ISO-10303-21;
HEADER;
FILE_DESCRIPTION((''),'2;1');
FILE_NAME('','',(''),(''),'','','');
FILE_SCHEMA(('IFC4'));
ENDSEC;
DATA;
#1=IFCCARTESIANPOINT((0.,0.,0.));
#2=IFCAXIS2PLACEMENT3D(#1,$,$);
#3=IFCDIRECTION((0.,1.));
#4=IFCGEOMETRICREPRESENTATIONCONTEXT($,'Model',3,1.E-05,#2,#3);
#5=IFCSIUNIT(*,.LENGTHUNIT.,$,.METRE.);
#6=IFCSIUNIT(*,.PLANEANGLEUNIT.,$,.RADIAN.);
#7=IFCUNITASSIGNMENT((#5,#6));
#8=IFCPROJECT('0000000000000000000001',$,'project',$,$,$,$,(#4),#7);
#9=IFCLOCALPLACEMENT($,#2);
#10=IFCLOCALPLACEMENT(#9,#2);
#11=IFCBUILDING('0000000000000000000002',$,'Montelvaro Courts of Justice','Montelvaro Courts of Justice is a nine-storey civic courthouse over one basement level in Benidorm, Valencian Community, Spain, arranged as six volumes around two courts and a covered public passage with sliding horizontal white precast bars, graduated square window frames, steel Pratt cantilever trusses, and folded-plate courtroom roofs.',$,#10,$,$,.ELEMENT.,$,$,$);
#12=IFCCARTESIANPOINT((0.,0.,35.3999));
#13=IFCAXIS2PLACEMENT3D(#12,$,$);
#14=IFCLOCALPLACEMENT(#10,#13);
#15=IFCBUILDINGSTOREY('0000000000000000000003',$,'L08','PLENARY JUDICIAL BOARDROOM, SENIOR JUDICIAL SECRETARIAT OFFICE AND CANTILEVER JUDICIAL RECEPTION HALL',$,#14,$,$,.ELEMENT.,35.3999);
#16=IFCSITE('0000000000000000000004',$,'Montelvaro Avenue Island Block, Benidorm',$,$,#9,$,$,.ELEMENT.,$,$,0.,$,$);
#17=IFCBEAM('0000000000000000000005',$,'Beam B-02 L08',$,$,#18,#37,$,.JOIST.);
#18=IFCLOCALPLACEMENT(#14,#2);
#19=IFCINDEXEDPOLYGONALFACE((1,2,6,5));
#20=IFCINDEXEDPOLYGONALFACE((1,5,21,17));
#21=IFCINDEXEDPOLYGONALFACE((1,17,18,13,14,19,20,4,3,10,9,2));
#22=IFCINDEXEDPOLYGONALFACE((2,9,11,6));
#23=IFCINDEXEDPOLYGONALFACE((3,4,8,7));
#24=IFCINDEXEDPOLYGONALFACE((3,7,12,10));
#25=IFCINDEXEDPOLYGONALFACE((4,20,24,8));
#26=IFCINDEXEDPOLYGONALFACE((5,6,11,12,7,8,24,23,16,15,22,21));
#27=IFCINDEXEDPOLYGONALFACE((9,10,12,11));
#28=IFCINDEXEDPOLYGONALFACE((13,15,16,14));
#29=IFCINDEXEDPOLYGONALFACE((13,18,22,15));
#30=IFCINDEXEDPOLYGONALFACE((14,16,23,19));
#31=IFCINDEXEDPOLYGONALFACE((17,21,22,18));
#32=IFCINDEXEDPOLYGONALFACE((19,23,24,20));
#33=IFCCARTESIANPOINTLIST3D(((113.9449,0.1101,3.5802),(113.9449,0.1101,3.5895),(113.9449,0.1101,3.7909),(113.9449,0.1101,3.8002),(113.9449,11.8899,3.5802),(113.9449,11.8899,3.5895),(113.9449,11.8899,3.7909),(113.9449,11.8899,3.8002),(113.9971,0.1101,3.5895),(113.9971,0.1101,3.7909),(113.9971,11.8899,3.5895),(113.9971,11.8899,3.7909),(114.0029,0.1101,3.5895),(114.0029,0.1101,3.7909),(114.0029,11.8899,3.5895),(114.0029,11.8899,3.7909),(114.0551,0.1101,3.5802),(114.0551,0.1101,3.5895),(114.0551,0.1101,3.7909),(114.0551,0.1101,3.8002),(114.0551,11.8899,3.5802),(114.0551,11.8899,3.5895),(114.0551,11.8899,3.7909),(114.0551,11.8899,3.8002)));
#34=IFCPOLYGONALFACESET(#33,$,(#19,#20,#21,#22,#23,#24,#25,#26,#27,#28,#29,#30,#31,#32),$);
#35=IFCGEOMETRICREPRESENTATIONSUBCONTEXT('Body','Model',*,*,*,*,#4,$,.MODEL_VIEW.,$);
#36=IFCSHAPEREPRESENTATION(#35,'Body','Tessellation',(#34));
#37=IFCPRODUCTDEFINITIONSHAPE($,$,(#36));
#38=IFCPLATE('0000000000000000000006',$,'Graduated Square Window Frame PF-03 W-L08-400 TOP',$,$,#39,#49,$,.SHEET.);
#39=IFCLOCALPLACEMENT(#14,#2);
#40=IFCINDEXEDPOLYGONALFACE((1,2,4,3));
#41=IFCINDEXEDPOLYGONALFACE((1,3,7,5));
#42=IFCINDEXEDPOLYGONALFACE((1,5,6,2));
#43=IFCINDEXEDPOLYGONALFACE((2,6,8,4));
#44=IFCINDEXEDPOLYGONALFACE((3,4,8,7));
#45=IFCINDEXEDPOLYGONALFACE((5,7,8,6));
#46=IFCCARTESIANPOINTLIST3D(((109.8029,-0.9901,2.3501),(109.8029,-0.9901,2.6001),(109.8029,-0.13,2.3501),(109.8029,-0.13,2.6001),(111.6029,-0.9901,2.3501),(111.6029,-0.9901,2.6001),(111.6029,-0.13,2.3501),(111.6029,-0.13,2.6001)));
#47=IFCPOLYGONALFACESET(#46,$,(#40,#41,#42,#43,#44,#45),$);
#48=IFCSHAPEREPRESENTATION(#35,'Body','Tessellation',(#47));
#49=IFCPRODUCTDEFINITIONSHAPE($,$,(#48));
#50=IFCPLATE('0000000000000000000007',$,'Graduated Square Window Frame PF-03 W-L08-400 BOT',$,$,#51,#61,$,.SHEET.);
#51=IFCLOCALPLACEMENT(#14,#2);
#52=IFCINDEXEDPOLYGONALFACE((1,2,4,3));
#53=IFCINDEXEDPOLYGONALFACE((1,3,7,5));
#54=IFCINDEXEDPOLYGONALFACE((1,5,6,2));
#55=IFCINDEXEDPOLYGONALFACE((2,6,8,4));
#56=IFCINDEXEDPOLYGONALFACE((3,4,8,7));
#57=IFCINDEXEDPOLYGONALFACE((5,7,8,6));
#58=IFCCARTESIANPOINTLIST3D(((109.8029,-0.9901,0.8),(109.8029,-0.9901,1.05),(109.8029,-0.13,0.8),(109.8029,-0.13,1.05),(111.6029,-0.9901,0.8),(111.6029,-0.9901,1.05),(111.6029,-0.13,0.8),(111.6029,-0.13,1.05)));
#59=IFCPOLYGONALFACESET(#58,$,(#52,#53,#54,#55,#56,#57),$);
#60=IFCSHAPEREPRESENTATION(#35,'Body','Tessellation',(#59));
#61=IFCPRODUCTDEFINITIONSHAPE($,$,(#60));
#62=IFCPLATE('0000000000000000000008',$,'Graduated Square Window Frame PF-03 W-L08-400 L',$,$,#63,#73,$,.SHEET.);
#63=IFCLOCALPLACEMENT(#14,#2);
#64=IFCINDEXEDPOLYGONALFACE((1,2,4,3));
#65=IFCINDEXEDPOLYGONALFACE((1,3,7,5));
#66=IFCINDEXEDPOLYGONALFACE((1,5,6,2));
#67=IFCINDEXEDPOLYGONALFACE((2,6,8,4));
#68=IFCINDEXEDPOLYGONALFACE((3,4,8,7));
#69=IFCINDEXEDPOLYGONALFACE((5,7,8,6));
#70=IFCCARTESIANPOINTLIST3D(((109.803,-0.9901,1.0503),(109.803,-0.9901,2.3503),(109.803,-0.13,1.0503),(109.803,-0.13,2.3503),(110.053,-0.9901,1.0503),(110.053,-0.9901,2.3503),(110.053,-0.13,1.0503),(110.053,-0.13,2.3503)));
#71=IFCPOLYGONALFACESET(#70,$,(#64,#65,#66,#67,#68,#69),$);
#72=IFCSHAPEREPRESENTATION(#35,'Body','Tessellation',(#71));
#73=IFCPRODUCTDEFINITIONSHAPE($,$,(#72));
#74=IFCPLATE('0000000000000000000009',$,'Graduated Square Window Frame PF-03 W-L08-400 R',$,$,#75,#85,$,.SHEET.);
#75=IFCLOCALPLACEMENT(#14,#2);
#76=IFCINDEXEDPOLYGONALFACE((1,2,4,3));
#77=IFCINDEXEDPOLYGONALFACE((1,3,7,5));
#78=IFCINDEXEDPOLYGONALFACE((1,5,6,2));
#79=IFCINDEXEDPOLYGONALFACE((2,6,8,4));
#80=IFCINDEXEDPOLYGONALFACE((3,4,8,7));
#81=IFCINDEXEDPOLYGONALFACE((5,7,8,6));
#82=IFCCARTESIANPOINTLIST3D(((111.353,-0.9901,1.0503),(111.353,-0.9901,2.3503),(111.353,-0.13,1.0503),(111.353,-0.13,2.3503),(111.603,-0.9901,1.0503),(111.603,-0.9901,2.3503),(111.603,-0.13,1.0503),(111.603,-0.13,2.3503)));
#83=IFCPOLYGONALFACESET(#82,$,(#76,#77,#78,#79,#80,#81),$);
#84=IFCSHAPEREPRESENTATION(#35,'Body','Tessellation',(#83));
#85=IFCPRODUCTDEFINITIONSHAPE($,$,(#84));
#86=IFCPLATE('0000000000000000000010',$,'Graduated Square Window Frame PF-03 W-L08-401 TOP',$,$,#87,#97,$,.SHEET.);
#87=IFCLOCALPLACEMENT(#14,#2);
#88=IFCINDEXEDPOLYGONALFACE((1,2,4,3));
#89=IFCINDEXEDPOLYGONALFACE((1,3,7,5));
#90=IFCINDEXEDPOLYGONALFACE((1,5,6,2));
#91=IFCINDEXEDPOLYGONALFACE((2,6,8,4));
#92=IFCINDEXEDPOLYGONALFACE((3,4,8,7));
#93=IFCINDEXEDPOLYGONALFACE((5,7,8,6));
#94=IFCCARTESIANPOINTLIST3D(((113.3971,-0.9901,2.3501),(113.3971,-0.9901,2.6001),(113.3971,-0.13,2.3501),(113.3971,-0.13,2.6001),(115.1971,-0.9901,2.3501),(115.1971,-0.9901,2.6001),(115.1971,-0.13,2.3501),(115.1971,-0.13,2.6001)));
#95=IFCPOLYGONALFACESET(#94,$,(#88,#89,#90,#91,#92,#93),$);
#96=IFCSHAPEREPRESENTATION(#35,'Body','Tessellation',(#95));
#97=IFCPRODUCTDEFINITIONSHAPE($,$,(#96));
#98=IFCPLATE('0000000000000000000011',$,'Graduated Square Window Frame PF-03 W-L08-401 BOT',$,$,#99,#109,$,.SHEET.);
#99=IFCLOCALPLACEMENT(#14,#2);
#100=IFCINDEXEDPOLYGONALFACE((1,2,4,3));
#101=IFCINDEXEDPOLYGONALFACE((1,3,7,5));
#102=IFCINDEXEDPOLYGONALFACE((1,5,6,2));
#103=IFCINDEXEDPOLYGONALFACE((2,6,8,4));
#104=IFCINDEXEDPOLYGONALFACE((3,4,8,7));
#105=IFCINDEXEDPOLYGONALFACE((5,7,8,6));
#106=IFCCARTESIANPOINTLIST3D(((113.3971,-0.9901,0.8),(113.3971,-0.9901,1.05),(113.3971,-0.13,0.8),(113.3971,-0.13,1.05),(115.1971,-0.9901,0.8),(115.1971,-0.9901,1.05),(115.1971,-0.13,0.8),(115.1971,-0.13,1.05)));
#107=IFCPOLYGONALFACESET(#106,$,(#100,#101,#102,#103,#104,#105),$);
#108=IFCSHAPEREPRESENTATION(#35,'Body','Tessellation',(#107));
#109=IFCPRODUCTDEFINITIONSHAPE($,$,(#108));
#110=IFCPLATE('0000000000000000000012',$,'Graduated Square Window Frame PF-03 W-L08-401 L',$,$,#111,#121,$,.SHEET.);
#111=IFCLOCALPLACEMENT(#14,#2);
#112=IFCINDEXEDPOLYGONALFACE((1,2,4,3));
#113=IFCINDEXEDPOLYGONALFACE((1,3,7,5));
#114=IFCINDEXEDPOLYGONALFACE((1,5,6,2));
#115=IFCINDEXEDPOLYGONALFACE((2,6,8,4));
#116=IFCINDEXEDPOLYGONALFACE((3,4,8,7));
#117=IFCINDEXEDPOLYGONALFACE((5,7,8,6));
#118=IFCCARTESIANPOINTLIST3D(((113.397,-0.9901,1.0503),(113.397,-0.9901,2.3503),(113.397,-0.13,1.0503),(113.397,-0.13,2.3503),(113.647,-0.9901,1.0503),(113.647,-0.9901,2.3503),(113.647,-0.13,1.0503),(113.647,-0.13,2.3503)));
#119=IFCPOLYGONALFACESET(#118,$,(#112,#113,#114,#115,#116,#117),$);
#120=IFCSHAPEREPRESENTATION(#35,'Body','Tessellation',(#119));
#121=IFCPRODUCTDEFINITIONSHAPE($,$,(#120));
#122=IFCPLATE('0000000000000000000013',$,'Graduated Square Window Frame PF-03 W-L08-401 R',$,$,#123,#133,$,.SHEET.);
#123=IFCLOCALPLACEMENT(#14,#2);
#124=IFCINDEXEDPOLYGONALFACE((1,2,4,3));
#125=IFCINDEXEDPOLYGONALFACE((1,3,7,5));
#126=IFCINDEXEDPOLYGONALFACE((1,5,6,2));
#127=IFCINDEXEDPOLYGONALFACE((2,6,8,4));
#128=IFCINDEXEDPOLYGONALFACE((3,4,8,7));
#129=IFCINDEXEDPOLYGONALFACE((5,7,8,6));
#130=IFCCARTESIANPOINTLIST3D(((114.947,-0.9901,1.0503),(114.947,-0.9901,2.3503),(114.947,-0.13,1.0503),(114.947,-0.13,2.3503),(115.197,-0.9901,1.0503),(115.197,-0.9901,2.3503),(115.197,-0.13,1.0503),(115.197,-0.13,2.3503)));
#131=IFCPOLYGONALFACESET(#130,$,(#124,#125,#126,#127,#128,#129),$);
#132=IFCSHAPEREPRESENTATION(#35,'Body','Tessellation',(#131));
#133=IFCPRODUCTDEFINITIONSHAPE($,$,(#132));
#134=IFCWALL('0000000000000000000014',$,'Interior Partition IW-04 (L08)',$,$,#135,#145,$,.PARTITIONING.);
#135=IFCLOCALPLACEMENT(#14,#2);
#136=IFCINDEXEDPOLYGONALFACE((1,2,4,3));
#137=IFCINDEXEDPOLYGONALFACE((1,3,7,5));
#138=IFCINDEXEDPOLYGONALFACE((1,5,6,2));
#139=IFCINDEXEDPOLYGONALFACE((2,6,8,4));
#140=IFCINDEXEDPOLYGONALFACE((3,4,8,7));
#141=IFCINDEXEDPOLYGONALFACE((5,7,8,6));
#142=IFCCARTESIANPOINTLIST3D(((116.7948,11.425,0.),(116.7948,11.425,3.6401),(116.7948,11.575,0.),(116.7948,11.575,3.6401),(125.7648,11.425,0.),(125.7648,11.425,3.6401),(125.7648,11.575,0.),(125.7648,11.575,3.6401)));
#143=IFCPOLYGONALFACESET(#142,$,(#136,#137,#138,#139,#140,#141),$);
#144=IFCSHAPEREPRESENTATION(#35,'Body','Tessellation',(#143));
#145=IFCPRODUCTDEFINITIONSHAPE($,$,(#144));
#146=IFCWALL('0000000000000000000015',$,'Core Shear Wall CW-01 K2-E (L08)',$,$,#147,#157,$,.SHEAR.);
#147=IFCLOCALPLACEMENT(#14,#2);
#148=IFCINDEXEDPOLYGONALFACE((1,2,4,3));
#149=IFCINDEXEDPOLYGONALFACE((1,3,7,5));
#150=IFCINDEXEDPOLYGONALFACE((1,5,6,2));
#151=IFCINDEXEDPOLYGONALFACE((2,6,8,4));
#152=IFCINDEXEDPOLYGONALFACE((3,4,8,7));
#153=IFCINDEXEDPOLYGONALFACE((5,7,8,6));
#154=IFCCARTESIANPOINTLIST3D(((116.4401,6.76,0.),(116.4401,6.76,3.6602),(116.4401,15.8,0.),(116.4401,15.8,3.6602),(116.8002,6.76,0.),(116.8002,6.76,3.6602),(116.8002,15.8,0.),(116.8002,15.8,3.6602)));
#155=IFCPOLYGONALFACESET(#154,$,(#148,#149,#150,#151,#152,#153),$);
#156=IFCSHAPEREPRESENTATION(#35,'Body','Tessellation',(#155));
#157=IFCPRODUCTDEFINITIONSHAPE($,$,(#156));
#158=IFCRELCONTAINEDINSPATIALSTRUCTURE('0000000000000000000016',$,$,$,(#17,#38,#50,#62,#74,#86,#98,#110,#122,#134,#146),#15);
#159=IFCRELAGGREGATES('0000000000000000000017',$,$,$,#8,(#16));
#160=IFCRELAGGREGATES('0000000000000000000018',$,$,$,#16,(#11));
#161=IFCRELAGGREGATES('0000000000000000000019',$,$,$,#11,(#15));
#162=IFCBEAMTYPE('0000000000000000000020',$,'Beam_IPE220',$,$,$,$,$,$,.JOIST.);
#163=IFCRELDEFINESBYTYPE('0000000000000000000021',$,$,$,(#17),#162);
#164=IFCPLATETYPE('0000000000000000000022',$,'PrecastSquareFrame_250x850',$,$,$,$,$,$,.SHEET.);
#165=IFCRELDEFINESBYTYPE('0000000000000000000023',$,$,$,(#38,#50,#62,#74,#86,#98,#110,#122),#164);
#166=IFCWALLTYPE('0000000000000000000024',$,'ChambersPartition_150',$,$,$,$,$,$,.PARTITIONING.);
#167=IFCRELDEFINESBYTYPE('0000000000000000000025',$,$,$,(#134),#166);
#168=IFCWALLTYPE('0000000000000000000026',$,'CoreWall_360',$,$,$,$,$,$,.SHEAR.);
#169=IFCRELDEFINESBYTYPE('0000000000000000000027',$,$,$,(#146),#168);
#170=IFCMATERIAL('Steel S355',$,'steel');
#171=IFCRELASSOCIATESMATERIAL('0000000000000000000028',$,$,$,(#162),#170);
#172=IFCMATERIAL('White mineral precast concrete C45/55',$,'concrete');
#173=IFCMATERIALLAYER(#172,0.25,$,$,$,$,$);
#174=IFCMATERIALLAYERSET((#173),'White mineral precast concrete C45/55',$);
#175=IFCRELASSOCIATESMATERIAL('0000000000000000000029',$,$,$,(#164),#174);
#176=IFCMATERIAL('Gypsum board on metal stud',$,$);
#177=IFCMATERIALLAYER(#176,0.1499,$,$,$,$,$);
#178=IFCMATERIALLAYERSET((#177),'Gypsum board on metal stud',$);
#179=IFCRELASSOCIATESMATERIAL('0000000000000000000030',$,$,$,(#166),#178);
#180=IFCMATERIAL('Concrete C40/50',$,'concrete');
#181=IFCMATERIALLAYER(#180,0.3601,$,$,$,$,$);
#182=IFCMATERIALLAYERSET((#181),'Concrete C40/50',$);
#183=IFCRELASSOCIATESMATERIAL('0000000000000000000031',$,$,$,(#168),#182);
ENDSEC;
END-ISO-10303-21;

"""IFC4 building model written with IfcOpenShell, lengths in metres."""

from ifc_helpers import new_model, si_unit, direction, frame, frame_2d, origin, origin_2d, place, context, subcontext, project, spatial, rectangle, i_section, extrude, material, layer, layer_set, material_profile, profile_set, type_object, element, save


model = new_model("IFC4")

# Units and contexts
model_context = context("Model", 3, precision=1e-05, world=origin(), true_north=direction((0.0, 1.0)))
body_context = subcontext(model_context, "Body", "Model", "MODEL_VIEW")
ifc_project = project(units=[si_unit("LENGTHUNIT", "METRE"), si_unit("PLANEANGLEUNIT", "RADIAN")], contexts=[model_context])

# Site, building, storey
site_placement = place(None, origin())
site = spatial("IfcSite", under=ifc_project, at=site_placement, Name="Montelvaro Avenue Island Block, Benidorm", CompositionType="ELEMENT", RefElevation=0.0)
building_placement = place(site_placement, origin())
building = spatial("IfcBuilding", under=site, at=building_placement, Name="Montelvaro Courts of Justice", Description="Montelvaro Courts of Justice is a nine-storey civic courthouse over one basement level in Benidorm, Valencian Community, Spain, arranged as six volumes around two courts and a covered public passage with sliding horizontal white precast bars, graduated square window frames, steel Pratt cantilever trusses, and folded-plate courtroom roofs.", CompositionType="ELEMENT")
storey_placement = place(building_placement, frame((0.0, 0.0, 35.3999)))
storey = spatial("IfcBuildingStorey", under=building, at=storey_placement, Name="L08", Description="PLENARY JUDICIAL BOARDROOM, SENIOR JUDICIAL SECRETARIAT OFFICE AND CANTILEVER JUDICIAL RECEPTION HALL", CompositionType="ELEMENT", Elevation=35.3999)

# Shared definitions
ifc_material_1 = material(Name="Steel S355", Category="steel")

# Beam
ifc_material_profile_1 = material_profile(ifc_material_1, i_section(OverallWidth=0.1101, OverallDepth=0.22, WebThickness=0.0059, FlangeThickness=0.0093, at=origin_2d()), Name="IPE 220")
ifc_profile_set_1 = profile_set([ifc_material_profile_1], Name="Steel S355")
beam_type_1 = type_object("IfcBeamType", Name="Beam_IPE220", PredefinedType="JOIST", material=ifc_profile_set_1)
beam_1_placement = place(storey_placement, frame((114.0, 0.1101, 3.6902), z_axis=(0.0, 1.0, 0.0), x_axis=(-1.0, 0.0, 0.0)))
element("IfcBeam", 1, at=beam_1_placement, inside=storey, type_object=beam_type_1, Name="Beam B-02 L08", PredefinedType="JOIST", context=body_context, shape_type="SweptSolid", body=[
    extrude(i_section(OverallWidth=0.1101, OverallDepth=0.22, WebThickness=0.0059, FlangeThickness=0.0093, at=origin_2d()), origin(), (0.0, 0.0, 1.0), 11.7798),
])

# Plates
ifc_material_2 = material(Name="White mineral precast concrete C45/55", Category="concrete")
ifc_layer_1 = layer(ifc_material_2, 0.25)
ifc_layer_set_1 = layer_set([ifc_layer_1], Name="White mineral precast concrete C45/55")
plate_type = type_object("IfcPlateType", Name="PrecastSquareFrame_250x850", PredefinedType="SHEET", material=ifc_layer_set_1)
for number, where, z_axis, x_axis, name in (
    (2, (110.7029, -0.5601, 2.3501), (0.0, 0.0, 1.0), (1.0, 0.0, 0.0), "Graduated Square Window Frame PF-03 W-L08-400 TOP"),
    (3, (110.7029, -0.5601, 0.8), (0.0, 0.0, 1.0), (1.0, 0.0, 0.0), "Graduated Square Window Frame PF-03 W-L08-400 BOT"),
):
    element("IfcPlate", number, at=place(storey_placement, frame(where, z_axis=z_axis, x_axis=x_axis)), inside=storey, type_object=plate_type, Name=name, PredefinedType="SHEET", context=body_context, shape_type="SweptSolid", body=[
        extrude(rectangle(XDim=1.8, YDim=0.8601, at=origin_2d()), origin(), (0.0, 0.0, 1.0), 0.25),
    ])
for number, where, z_axis, x_axis, name in (
    (4, (109.928, -0.5601, 1.0503), (0.0, 0.0, 1.0), (1.0, 0.0, 0.0), "Graduated Square Window Frame PF-03 W-L08-400 L"),
    (5, (111.478, -0.5601, 1.0503), (0.0, 0.0, 1.0), (1.0, 0.0, 0.0), "Graduated Square Window Frame PF-03 W-L08-400 R"),
):
    element("IfcPlate", number, at=place(storey_placement, frame(where, z_axis=z_axis, x_axis=x_axis)), inside=storey, type_object=plate_type, Name=name, PredefinedType="SHEET", context=body_context, shape_type="SweptSolid", body=[
        extrude(rectangle(XDim=0.25, YDim=0.8601, at=origin_2d()), origin(), (0.0, 0.0, 1.0), 1.3),
    ])
for number, where, z_axis, x_axis, name in (
    (6, (114.2971, -0.5601, 2.3501), (0.0, 0.0, 1.0), (1.0, 0.0, 0.0), "Graduated Square Window Frame PF-03 W-L08-401 TOP"),
    (7, (114.2971, -0.5601, 0.8), (0.0, 0.0, 1.0), (1.0, 0.0, 0.0), "Graduated Square Window Frame PF-03 W-L08-401 BOT"),
):
    element("IfcPlate", number, at=place(storey_placement, frame(where, z_axis=z_axis, x_axis=x_axis)), inside=storey, type_object=plate_type, Name=name, PredefinedType="SHEET", context=body_context, shape_type="SweptSolid", body=[
        extrude(rectangle(XDim=1.8, YDim=0.8601, at=origin_2d()), origin(), (0.0, 0.0, 1.0), 0.25),
    ])
for number, where, z_axis, x_axis, name in (
    (8, (113.522, -0.5601, 1.0503), (0.0, 0.0, 1.0), (1.0, 0.0, 0.0), "Graduated Square Window Frame PF-03 W-L08-401 L"),
    (9, (115.072, -0.5601, 1.0503), (0.0, 0.0, 1.0), (1.0, 0.0, 0.0), "Graduated Square Window Frame PF-03 W-L08-401 R"),
):
    element("IfcPlate", number, at=place(storey_placement, frame(where, z_axis=z_axis, x_axis=x_axis)), inside=storey, type_object=plate_type, Name=name, PredefinedType="SHEET", context=body_context, shape_type="SweptSolid", body=[
        extrude(rectangle(XDim=0.25, YDim=0.8601, at=origin_2d()), origin(), (0.0, 0.0, 1.0), 1.3),
    ])

# Walls
ifc_material_3 = material(Name="Gypsum board on metal stud")
ifc_layer_2 = layer(ifc_material_3, 0.1499)
ifc_layer_set_2 = layer_set([ifc_layer_2], Name="Gypsum board on metal stud")
wall_type_1 = type_object("IfcWallType", Name="ChambersPartition_150", PredefinedType="PARTITIONING", material=ifc_layer_set_2)
wall_1_placement = place(storey_placement, frame((116.7949, 11.5, 0.0), z_axis=(0.0, 0.0, 1.0), x_axis=(1.0, 0.0, 0.0)))
element("IfcWall", 10, at=wall_1_placement, inside=storey, type_object=wall_type_1, Name="Interior Partition IW-04 (L08)", PredefinedType="PARTITIONING", context=body_context, shape_type="SweptSolid", body=[
    extrude(rectangle(XDim=8.97, YDim=0.1499, at=frame_2d((4.4849, 0.0))), origin(), (0.0, 0.0, 1.0), 3.6401),
])
ifc_material_4 = material(Name="Concrete C40/50", Category="concrete")
ifc_layer_3 = layer(ifc_material_4, 0.3601)
ifc_layer_set_3 = layer_set([ifc_layer_3], Name="Concrete C40/50")
wall_type_2 = type_object("IfcWallType", Name="CoreWall_360", PredefinedType="SHEAR", material=ifc_layer_set_3)
wall_2_placement = place(storey_placement, frame((116.6201, 6.76, 0.0), z_axis=(0.0, 0.0, 1.0), x_axis=(0.0, 1.0, 0.0)))
element("IfcWall", 11, at=wall_2_placement, inside=storey, type_object=wall_type_2, Name="Core Shear Wall CW-01 K2-E (L08)", PredefinedType="SHEAR", context=body_context, shape_type="SweptSolid", body=[
    extrude(rectangle(XDim=9.04, YDim=0.3601, at=frame_2d((4.52, 0.0))), origin(), (0.0, 0.0, 1.0), 3.6602),
])

save(model, "model.ifc")
